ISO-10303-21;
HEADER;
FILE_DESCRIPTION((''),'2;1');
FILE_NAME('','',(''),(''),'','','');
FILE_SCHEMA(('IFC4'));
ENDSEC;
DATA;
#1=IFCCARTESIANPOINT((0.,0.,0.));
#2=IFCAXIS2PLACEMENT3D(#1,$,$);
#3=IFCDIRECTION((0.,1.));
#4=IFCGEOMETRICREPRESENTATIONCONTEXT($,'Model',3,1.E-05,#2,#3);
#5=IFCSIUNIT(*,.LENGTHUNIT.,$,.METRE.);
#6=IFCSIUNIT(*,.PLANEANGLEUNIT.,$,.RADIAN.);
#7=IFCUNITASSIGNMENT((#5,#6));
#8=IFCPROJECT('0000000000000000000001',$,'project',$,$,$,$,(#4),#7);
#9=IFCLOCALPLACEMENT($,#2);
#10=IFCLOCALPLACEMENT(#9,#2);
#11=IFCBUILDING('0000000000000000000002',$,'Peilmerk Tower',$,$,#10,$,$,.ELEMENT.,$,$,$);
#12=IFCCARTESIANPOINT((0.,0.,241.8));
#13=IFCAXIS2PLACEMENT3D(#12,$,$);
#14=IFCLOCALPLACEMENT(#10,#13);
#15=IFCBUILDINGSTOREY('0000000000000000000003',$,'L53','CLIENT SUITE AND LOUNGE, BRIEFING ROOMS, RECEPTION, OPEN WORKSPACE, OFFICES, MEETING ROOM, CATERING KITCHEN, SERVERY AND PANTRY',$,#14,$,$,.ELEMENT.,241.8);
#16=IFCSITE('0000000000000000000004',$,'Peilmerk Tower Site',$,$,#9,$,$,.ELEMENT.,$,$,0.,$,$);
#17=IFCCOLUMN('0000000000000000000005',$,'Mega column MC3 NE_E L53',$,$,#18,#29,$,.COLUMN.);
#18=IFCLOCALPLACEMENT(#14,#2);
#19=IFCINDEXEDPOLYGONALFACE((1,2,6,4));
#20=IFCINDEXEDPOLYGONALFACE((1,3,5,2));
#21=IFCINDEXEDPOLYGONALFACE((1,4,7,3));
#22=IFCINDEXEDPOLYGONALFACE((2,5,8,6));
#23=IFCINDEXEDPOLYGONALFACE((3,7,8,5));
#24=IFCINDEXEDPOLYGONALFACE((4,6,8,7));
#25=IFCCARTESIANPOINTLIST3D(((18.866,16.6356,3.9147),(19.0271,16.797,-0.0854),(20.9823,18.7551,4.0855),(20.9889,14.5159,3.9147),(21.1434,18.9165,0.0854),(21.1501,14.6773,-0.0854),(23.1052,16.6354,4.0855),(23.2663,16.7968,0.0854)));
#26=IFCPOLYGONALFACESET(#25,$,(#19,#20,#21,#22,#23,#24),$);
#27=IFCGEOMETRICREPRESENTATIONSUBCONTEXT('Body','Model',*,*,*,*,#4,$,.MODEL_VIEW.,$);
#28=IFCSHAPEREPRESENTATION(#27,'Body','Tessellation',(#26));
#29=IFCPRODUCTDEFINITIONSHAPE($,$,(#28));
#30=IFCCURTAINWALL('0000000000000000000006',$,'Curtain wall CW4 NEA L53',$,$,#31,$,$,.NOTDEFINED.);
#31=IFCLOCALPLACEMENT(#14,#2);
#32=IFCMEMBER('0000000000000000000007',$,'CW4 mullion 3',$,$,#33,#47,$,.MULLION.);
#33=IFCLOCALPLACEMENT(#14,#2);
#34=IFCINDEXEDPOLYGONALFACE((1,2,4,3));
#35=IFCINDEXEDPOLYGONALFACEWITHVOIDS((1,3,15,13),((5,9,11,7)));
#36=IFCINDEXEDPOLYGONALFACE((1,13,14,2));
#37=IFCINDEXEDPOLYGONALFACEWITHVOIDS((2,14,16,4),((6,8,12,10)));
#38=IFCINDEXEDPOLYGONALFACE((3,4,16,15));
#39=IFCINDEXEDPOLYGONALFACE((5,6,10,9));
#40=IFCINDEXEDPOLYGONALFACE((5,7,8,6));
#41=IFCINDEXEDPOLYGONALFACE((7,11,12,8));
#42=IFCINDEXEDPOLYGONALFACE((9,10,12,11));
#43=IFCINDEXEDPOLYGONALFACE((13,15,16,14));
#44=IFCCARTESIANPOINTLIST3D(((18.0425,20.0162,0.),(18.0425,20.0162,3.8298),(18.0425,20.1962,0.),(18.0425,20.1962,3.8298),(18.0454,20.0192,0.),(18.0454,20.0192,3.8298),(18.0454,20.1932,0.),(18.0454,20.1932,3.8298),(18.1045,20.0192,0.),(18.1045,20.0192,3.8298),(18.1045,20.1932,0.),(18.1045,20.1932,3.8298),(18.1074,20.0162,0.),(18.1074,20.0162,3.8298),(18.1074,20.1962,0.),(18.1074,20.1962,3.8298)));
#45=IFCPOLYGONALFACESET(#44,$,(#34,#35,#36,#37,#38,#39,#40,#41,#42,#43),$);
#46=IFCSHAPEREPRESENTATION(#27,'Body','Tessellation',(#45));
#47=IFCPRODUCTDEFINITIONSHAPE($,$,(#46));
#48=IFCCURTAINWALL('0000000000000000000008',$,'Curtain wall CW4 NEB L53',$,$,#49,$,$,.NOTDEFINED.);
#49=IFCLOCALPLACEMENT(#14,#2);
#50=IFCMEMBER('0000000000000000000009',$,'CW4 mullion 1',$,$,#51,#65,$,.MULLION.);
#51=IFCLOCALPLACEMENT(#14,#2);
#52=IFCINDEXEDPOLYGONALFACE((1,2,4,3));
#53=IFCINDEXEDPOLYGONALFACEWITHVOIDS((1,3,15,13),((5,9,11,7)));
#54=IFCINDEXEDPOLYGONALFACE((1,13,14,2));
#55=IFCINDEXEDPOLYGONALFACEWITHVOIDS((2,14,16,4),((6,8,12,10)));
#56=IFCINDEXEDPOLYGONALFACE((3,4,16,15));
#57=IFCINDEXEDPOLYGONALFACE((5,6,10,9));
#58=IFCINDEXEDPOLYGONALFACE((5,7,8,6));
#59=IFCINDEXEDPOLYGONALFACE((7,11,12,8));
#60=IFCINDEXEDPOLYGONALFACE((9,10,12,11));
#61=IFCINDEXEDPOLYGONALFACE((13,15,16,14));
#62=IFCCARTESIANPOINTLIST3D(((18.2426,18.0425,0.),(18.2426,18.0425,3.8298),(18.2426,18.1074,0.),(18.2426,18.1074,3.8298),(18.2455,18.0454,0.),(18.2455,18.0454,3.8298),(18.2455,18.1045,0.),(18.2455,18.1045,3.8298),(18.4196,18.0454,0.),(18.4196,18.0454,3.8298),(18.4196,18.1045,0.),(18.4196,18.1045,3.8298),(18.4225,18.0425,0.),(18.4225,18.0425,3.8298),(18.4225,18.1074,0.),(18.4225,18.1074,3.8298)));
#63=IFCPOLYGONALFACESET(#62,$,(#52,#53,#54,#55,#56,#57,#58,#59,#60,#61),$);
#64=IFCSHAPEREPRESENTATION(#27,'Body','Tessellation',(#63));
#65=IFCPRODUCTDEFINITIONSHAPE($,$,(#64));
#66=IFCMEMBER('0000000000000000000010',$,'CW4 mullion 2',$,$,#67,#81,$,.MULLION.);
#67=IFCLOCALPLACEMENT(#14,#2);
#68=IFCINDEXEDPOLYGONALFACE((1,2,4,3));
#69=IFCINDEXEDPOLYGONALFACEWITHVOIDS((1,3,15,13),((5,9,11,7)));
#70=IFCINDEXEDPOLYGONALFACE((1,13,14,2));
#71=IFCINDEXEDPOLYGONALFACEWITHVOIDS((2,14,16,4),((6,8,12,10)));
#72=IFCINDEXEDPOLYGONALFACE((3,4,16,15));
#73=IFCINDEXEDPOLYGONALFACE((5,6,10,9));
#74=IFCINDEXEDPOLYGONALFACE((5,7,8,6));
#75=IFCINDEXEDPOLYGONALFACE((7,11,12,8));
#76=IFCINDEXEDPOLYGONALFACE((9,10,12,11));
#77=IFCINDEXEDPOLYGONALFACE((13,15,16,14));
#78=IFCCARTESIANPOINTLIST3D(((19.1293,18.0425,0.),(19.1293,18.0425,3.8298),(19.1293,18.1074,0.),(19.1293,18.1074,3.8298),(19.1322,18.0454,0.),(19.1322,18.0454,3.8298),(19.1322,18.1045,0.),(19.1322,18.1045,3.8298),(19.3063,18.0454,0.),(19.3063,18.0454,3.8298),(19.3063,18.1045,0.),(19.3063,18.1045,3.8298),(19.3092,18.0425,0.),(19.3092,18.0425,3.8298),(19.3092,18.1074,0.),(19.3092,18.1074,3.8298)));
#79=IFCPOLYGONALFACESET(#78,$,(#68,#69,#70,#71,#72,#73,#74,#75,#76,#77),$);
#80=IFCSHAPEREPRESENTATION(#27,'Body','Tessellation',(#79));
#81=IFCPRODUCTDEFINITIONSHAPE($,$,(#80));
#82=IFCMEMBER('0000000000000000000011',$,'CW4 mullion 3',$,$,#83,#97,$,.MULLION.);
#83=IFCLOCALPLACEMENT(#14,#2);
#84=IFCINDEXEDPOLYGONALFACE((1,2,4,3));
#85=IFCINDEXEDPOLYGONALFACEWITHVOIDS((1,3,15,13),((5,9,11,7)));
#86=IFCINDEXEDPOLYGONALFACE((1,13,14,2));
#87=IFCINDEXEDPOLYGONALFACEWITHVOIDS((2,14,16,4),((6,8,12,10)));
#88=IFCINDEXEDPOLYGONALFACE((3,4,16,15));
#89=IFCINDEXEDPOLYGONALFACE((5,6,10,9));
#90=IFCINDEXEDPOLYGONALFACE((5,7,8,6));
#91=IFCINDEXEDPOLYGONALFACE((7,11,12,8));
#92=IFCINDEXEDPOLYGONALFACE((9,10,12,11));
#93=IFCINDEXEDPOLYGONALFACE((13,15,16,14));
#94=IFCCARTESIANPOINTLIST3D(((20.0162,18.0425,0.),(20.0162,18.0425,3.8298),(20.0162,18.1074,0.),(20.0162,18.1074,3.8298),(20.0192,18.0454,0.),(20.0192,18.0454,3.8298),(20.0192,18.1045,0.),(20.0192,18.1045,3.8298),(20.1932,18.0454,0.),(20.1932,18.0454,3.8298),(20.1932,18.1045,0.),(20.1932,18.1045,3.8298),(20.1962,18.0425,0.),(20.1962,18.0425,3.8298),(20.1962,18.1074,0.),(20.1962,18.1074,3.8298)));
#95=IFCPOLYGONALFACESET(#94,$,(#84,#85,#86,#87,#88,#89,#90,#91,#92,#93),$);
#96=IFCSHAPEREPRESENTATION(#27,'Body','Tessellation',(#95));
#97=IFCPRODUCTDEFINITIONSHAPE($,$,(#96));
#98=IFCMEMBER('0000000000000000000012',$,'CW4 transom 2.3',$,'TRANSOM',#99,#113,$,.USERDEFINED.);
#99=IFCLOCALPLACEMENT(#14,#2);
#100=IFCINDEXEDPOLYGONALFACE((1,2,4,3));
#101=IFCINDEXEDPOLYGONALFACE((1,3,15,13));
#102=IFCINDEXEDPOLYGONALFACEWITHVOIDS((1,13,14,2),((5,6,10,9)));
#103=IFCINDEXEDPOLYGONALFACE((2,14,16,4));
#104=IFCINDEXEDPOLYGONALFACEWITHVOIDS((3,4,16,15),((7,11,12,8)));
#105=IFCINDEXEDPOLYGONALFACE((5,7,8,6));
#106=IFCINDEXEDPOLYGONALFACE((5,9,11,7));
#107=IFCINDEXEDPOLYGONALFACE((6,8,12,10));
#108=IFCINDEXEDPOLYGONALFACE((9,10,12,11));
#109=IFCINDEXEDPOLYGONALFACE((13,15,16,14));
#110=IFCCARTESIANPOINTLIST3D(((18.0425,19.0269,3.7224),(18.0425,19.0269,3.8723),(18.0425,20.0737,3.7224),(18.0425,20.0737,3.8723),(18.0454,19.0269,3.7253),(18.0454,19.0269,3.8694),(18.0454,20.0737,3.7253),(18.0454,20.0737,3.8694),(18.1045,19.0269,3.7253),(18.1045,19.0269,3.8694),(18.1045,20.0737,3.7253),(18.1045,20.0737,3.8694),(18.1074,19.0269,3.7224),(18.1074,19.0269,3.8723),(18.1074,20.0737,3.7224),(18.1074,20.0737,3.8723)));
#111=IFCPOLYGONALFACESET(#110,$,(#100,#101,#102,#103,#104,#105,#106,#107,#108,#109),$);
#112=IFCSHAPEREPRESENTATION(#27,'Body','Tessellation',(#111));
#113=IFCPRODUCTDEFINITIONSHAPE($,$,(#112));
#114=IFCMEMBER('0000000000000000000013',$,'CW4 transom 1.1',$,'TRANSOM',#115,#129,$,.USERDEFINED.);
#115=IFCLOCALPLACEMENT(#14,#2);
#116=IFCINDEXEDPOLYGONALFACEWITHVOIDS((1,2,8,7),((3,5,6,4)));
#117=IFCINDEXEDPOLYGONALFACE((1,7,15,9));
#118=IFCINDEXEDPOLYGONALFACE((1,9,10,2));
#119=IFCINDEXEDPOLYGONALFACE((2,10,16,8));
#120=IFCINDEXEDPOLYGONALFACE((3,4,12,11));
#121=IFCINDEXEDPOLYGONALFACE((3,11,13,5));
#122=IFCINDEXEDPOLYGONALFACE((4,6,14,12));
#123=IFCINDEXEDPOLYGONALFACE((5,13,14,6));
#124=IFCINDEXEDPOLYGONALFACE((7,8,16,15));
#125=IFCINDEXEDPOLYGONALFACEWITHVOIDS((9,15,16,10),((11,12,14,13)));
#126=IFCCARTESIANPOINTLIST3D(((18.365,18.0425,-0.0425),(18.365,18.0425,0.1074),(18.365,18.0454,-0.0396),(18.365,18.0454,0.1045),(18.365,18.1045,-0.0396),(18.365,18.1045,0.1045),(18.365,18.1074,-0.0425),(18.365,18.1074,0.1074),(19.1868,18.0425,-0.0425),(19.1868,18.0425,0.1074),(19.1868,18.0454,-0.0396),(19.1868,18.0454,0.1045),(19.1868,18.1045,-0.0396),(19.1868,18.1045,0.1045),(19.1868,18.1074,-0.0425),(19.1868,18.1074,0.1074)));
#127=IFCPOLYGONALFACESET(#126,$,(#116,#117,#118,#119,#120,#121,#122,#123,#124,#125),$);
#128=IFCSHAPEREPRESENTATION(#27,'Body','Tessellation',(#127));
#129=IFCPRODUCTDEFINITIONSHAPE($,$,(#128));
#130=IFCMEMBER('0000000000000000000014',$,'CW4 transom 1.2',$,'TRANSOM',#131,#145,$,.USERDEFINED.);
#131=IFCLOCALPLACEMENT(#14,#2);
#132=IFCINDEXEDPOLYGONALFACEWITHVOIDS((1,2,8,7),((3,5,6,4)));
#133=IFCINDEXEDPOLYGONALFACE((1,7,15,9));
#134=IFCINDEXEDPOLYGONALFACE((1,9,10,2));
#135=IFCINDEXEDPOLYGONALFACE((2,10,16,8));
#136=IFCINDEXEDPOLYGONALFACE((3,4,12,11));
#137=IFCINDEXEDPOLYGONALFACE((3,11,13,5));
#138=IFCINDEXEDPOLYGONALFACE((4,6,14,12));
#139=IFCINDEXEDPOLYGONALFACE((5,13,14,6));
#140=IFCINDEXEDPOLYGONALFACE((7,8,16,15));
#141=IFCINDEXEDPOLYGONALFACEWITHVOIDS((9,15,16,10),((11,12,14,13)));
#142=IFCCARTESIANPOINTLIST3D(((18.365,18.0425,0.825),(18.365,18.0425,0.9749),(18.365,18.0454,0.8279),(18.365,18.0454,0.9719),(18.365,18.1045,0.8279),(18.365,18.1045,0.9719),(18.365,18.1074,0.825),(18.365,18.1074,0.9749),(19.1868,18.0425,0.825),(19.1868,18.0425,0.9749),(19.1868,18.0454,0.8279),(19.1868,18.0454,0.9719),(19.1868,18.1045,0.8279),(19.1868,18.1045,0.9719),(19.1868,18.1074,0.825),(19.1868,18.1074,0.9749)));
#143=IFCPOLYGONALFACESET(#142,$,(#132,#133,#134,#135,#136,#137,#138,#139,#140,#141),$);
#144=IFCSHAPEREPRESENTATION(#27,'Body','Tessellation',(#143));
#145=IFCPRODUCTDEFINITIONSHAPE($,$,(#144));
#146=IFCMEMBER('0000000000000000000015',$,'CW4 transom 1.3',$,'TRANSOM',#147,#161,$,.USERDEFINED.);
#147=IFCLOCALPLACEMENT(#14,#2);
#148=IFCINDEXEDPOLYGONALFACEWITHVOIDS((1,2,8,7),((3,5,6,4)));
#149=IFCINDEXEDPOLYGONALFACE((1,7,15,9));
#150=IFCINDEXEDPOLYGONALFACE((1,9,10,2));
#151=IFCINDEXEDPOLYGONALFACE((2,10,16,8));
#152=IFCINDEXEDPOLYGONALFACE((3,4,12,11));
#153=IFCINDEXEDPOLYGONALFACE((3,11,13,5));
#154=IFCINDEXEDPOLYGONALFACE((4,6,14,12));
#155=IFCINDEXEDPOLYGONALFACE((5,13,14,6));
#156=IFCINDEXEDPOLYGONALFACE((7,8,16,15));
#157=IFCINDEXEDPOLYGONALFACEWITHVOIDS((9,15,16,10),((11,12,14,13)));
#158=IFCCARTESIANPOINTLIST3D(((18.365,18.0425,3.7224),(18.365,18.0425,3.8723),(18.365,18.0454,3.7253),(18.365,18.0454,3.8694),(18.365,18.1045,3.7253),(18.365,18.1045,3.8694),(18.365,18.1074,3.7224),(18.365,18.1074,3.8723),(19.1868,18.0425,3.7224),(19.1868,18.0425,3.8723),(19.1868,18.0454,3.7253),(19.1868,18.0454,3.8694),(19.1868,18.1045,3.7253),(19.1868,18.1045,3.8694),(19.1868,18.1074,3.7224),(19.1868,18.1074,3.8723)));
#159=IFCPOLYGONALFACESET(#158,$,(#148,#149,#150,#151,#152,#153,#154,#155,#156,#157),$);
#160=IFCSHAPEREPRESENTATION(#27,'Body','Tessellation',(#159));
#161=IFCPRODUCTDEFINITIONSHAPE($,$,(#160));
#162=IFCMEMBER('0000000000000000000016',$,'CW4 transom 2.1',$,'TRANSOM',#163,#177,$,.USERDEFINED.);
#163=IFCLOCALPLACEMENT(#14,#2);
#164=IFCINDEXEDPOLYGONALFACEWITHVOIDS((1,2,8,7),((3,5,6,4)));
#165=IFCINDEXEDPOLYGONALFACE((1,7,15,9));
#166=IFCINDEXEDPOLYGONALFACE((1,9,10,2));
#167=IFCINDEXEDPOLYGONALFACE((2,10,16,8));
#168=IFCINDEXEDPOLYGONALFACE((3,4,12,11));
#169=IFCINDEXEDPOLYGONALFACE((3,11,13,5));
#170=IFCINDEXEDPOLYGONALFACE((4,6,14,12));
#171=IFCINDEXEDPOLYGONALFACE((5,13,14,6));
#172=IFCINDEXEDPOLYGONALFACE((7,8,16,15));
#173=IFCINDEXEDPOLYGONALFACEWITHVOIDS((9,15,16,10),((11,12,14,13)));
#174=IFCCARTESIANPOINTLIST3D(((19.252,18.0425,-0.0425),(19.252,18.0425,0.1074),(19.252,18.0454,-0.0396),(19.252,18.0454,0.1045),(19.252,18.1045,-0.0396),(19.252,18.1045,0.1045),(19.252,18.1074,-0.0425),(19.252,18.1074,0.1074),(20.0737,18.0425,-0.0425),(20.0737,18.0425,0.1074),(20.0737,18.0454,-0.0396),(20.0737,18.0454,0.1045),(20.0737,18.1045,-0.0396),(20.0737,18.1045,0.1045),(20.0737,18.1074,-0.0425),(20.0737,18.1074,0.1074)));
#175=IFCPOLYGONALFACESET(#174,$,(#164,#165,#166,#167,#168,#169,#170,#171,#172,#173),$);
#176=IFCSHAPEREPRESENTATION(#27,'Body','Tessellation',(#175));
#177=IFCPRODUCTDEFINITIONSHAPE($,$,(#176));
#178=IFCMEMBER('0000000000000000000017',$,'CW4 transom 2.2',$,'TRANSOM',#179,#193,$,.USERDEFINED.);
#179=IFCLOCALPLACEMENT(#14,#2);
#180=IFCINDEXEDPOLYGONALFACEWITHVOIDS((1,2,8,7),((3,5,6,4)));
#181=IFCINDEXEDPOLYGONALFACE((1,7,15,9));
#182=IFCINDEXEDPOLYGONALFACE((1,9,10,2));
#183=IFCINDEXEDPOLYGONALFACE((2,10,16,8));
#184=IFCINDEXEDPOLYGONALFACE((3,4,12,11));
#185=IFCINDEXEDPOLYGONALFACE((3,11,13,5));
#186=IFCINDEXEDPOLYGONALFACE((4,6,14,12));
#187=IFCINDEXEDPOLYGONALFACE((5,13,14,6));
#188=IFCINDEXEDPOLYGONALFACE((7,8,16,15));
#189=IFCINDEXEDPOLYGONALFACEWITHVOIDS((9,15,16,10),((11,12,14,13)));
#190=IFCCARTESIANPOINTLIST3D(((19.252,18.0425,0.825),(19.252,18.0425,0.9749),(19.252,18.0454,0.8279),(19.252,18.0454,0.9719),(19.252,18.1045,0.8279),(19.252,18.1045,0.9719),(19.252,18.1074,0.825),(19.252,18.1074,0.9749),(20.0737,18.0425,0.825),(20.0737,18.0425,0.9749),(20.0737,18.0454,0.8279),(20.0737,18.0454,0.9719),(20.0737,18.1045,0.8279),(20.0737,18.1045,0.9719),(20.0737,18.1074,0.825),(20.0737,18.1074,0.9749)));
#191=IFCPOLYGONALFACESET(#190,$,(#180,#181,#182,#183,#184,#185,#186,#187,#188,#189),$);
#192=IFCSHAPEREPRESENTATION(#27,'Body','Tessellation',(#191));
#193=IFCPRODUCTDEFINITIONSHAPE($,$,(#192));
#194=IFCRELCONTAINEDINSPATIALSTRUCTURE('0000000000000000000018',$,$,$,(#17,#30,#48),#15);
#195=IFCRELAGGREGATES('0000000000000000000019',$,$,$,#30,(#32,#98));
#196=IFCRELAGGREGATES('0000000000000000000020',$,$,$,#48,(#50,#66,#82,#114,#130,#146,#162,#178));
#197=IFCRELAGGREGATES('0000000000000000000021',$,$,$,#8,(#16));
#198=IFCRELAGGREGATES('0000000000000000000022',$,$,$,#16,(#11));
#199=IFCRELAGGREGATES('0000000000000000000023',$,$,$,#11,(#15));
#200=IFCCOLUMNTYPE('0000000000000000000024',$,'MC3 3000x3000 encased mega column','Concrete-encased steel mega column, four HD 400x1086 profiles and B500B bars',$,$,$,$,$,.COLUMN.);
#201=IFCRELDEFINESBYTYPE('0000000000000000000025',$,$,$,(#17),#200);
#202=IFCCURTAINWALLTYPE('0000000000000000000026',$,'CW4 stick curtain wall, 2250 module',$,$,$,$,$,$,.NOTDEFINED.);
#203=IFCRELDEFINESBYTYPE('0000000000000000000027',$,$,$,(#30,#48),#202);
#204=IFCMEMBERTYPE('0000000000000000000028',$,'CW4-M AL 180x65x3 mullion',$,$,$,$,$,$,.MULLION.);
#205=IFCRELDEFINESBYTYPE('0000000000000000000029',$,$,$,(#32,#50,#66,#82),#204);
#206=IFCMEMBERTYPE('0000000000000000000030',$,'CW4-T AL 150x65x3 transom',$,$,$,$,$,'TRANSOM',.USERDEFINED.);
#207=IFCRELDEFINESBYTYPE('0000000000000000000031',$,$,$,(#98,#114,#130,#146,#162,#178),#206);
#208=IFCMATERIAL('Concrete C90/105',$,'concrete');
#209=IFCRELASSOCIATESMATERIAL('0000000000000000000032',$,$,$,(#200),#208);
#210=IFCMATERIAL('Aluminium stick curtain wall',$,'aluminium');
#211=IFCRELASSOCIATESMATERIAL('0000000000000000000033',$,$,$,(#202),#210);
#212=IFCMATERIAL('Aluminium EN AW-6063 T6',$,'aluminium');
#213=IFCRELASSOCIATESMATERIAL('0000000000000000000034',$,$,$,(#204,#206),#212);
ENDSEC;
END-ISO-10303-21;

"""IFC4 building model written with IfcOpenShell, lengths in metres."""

from ifc_helpers import new_model, si_unit, direction, frame, origin, origin_2d, place, context, subcontext, project, spatial, rectangle, hollow_rectangle, extrude, material, material_profile, profile_set, type_object, element, aggregate, save


model = new_model("IFC4")

# Units and contexts
model_context = context("Model", 3, precision=1e-05, world=origin(), true_north=direction((0.0, 1.0)))
body_context = subcontext(model_context, "Body", "Model", "MODEL_VIEW")
ifc_project = project(units=[si_unit("LENGTHUNIT", "METRE"), si_unit("PLANEANGLEUNIT", "RADIAN")], contexts=[model_context])

# Site, building, storey
site_placement = place(None, origin())
site = spatial("IfcSite", under=ifc_project, at=site_placement, Name="Peilmerk Tower Site", CompositionType="ELEMENT", RefElevation=0.0)
building_placement = place(site_placement, origin())
building = spatial("IfcBuilding", under=site, at=building_placement, Name="Peilmerk Tower", CompositionType="ELEMENT")
storey_placement = place(building_placement, frame((0.0, 0.0, 241.8)))
storey = spatial("IfcBuildingStorey", under=building, at=storey_placement, Name="L53", Description="CLIENT SUITE AND LOUNGE, BRIEFING ROOMS, RECEPTION, OPEN WORKSPACE, OFFICES, MEETING ROOM, CATERING KITCHEN, SERVERY AND PANTRY", CompositionType="ELEMENT", Elevation=241.8)

# Column
ifc_material_1 = material(Name="Concrete C90/105", Category="concrete")
ifc_material_profile_1 = material_profile(ifc_material_1, rectangle(XDim=3.0, YDim=3.0, at=origin_2d()), Name="RC 3000x3000")
ifc_profile_set_1 = profile_set([ifc_material_profile_1], Name="Concrete C90/105")
column_type = type_object("IfcColumnType", Name="MC3 3000x3000 encased mega column", Description="Concrete-encased steel mega column, four HD 400x1086 profiles and B500B bars", PredefinedType="COLUMN", material=ifc_profile_set_1)
column_placement = place(storey_placement, frame((21.1467, 16.7969, 0.0), z_axis=(-0.040218, -0.040279, 0.998379), x_axis=(0.707642, -0.706571, 0.0)))
element("IfcColumn", 1, at=column_placement, inside=storey, type_object=column_type, Name="Mega column MC3 NE_E L53", PredefinedType="COLUMN", context=body_context, shape_type="SweptSolid", body=[
    extrude(rectangle(XDim=3.0, YDim=3.0, at=origin_2d()), origin(), (0.0, 0.0, 1.0), 4.0066),
])

# Curtain wall, member
ifc_material_2 = material(Name="Aluminium stick curtain wall", Category="aluminium")
curtain_wall_type = type_object("IfcCurtainWallType", Name="CW4 stick curtain wall, 2250 module", PredefinedType="NOTDEFINED", material=ifc_material_2)
curtain_wall_1_placement = place(storey_placement, origin())
curtain_wall_1 = element("IfcCurtainWall", 2, at=curtain_wall_1_placement, inside=storey, type_object=curtain_wall_type, Name="Curtain wall CW4 NEA L53", PredefinedType="NOTDEFINED")
ifc_material_3 = material(Name="Aluminium EN AW-6063 T6", Category="aluminium")
ifc_material_profile_2 = material_profile(ifc_material_3, hollow_rectangle(XDim=0.0649, YDim=0.1799, WallThickness=0.0029, at=origin_2d()), Name="AL 180x65x3")
ifc_profile_set_2 = profile_set([ifc_material_profile_2], Name="Aluminium EN AW-6063 T6")
member_type_1 = type_object("IfcMemberType", Name="CW4-M AL 180x65x3 mullion", PredefinedType="MULLION", material=ifc_profile_set_2)
member_1_placement = place(storey_placement, frame((18.075, 20.1062, 0.0), z_axis=(0.0, 0.0, 1.0), x_axis=(-1.0, 0.0, 0.0)))
member_1 = element("IfcMember", 3, at=member_1_placement, type_object=member_type_1, Name="CW4 mullion 3", PredefinedType="MULLION", context=body_context, shape_type="SweptSolid", body=[
    extrude(hollow_rectangle(XDim=0.0649, YDim=0.1799, WallThickness=0.0029, at=origin_2d()), origin(), (0.0, 0.0, 1.0), 3.8298),
])

# Curtain wall, members
curtain_wall_2_placement = place(storey_placement, origin())
curtain_wall_2 = element("IfcCurtainWall", 4, at=curtain_wall_2_placement, inside=storey, type_object=curtain_wall_type, Name="Curtain wall CW4 NEB L53", PredefinedType="NOTDEFINED")
member_2_placement = place(storey_placement, frame((18.3325, 18.075, 0.0), z_axis=(0.0, 0.0, 1.0), x_axis=(0.0, 1.0, 0.0)))
member_2 = element("IfcMember", 5, at=member_2_placement, type_object=member_type_1, Name="CW4 mullion 1", PredefinedType="MULLION", context=body_context, shape_type="SweptSolid", body=[
    extrude(hollow_rectangle(XDim=0.0649, YDim=0.1799, WallThickness=0.0029, at=origin_2d()), origin(), (0.0, 0.0, 1.0), 3.8298),
])
member_3_placement = place(storey_placement, frame((19.2192, 18.075, 0.0), z_axis=(0.0, 0.0, 1.0), x_axis=(0.0, 1.0, 0.0)))
member_3 = element("IfcMember", 6, at=member_3_placement, type_object=member_type_1, Name="CW4 mullion 2", PredefinedType="MULLION", context=body_context, shape_type="SweptSolid", body=[
    extrude(hollow_rectangle(XDim=0.0649, YDim=0.1799, WallThickness=0.0029, at=origin_2d()), origin(), (0.0, 0.0, 1.0), 3.8298),
])
member_4_placement = place(storey_placement, frame((20.1062, 18.075, 0.0), z_axis=(0.0, 0.0, 1.0), x_axis=(0.0, 1.0, 0.0)))
member_4 = element("IfcMember", 7, at=member_4_placement, type_object=member_type_1, Name="CW4 mullion 3", PredefinedType="MULLION", context=body_context, shape_type="SweptSolid", body=[
    extrude(hollow_rectangle(XDim=0.0649, YDim=0.1799, WallThickness=0.0029, at=origin_2d()), origin(), (0.0, 0.0, 1.0), 3.8298),
])

# Members
ifc_material_profile_3 = material_profile(ifc_material_3, hollow_rectangle(XDim=0.0649, YDim=0.1499, WallThickness=0.0029, at=origin_2d()), Name="AL 150x65x3")
ifc_profile_set_3 = profile_set([ifc_material_profile_3], Name="Aluminium EN AW-6063 T6")
member_type_2 = type_object("IfcMemberType", Name="CW4-T AL 150x65x3 transom", ElementType="TRANSOM", PredefinedType="USERDEFINED", material=ifc_profile_set_3)
member_5_placement = place(storey_placement, frame((18.075, 19.0269, 3.7974), z_axis=(0.0, 1.0, 0.0), x_axis=(-1.0, 0.0, 0.0)))
member_5 = element("IfcMember", 8, at=member_5_placement, type_object=member_type_2, Name="CW4 transom 2.3", ObjectType="TRANSOM", PredefinedType="USERDEFINED", context=body_context, shape_type="SweptSolid", body=[
    extrude(hollow_rectangle(XDim=0.0649, YDim=0.1499, WallThickness=0.0029, at=origin_2d()), origin(), (0.0, 0.0, 1.0), 1.0469),
])
member_6_placement = place(storey_placement, frame((18.365, 18.075, 0.0325), z_axis=(1.0, 0.0, 0.0), x_axis=(0.0, 1.0, 0.0)))
member_6 = element("IfcMember", 9, at=member_6_placement, type_object=member_type_2, Name="CW4 transom 1.1", ObjectType="TRANSOM", PredefinedType="USERDEFINED", context=body_context, shape_type="SweptSolid", body=[
    extrude(hollow_rectangle(XDim=0.0649, YDim=0.1499, WallThickness=0.0029, at=origin_2d()), origin(), (0.0, 0.0, 1.0), 0.8218),
])
member_7_placement = place(storey_placement, frame((18.365, 18.075, 0.8999), z_axis=(1.0, 0.0, 0.0), x_axis=(0.0, 1.0, 0.0)))
member_7 = element("IfcMember", 10, at=member_7_placement, type_object=member_type_2, Name="CW4 transom 1.2", ObjectType="TRANSOM", PredefinedType="USERDEFINED", context=body_context, shape_type="SweptSolid", body=[
    extrude(hollow_rectangle(XDim=0.0649, YDim=0.1499, WallThickness=0.0029, at=origin_2d()), origin(), (0.0, 0.0, 1.0), 0.8218),
])
member_8_placement = place(storey_placement, frame((18.365, 18.075, 3.7974), z_axis=(1.0, 0.0, 0.0), x_axis=(0.0, 1.0, 0.0)))
member_8 = element("IfcMember", 11, at=member_8_placement, type_object=member_type_2, Name="CW4 transom 1.3", ObjectType="TRANSOM", PredefinedType="USERDEFINED", context=body_context, shape_type="SweptSolid", body=[
    extrude(hollow_rectangle(XDim=0.0649, YDim=0.1499, WallThickness=0.0029, at=origin_2d()), origin(), (0.0, 0.0, 1.0), 0.8218),
])
member_9_placement = place(storey_placement, frame((19.252, 18.075, 0.0325), z_axis=(1.0, 0.0, 0.0), x_axis=(0.0, 1.0, 0.0)))
member_9 = element("IfcMember", 12, at=member_9_placement, type_object=member_type_2, Name="CW4 transom 2.1", ObjectType="TRANSOM", PredefinedType="USERDEFINED", context=body_context, shape_type="SweptSolid", body=[
    extrude(hollow_rectangle(XDim=0.0649, YDim=0.1499, WallThickness=0.0029, at=origin_2d()), origin(), (0.0, 0.0, 1.0), 0.8218),
])
member_10_placement = place(storey_placement, frame((19.252, 18.075, 0.8999), z_axis=(1.0, 0.0, 0.0), x_axis=(0.0, 1.0, 0.0)))
member_10 = element("IfcMember", 13, at=member_10_placement, type_object=member_type_2, Name="CW4 transom 2.2", ObjectType="TRANSOM", PredefinedType="USERDEFINED", context=body_context, shape_type="SweptSolid", body=[
    extrude(hollow_rectangle(XDim=0.0649, YDim=0.1499, WallThickness=0.0029, at=origin_2d()), origin(), (0.0, 0.0, 1.0), 0.8218),
])

aggregate(curtain_wall_1, [member_1, member_5])
aggregate(curtain_wall_2, [member_2, member_3, member_4, member_6, member_7, member_8, member_9, member_10])

save(model, "model.ifc")
